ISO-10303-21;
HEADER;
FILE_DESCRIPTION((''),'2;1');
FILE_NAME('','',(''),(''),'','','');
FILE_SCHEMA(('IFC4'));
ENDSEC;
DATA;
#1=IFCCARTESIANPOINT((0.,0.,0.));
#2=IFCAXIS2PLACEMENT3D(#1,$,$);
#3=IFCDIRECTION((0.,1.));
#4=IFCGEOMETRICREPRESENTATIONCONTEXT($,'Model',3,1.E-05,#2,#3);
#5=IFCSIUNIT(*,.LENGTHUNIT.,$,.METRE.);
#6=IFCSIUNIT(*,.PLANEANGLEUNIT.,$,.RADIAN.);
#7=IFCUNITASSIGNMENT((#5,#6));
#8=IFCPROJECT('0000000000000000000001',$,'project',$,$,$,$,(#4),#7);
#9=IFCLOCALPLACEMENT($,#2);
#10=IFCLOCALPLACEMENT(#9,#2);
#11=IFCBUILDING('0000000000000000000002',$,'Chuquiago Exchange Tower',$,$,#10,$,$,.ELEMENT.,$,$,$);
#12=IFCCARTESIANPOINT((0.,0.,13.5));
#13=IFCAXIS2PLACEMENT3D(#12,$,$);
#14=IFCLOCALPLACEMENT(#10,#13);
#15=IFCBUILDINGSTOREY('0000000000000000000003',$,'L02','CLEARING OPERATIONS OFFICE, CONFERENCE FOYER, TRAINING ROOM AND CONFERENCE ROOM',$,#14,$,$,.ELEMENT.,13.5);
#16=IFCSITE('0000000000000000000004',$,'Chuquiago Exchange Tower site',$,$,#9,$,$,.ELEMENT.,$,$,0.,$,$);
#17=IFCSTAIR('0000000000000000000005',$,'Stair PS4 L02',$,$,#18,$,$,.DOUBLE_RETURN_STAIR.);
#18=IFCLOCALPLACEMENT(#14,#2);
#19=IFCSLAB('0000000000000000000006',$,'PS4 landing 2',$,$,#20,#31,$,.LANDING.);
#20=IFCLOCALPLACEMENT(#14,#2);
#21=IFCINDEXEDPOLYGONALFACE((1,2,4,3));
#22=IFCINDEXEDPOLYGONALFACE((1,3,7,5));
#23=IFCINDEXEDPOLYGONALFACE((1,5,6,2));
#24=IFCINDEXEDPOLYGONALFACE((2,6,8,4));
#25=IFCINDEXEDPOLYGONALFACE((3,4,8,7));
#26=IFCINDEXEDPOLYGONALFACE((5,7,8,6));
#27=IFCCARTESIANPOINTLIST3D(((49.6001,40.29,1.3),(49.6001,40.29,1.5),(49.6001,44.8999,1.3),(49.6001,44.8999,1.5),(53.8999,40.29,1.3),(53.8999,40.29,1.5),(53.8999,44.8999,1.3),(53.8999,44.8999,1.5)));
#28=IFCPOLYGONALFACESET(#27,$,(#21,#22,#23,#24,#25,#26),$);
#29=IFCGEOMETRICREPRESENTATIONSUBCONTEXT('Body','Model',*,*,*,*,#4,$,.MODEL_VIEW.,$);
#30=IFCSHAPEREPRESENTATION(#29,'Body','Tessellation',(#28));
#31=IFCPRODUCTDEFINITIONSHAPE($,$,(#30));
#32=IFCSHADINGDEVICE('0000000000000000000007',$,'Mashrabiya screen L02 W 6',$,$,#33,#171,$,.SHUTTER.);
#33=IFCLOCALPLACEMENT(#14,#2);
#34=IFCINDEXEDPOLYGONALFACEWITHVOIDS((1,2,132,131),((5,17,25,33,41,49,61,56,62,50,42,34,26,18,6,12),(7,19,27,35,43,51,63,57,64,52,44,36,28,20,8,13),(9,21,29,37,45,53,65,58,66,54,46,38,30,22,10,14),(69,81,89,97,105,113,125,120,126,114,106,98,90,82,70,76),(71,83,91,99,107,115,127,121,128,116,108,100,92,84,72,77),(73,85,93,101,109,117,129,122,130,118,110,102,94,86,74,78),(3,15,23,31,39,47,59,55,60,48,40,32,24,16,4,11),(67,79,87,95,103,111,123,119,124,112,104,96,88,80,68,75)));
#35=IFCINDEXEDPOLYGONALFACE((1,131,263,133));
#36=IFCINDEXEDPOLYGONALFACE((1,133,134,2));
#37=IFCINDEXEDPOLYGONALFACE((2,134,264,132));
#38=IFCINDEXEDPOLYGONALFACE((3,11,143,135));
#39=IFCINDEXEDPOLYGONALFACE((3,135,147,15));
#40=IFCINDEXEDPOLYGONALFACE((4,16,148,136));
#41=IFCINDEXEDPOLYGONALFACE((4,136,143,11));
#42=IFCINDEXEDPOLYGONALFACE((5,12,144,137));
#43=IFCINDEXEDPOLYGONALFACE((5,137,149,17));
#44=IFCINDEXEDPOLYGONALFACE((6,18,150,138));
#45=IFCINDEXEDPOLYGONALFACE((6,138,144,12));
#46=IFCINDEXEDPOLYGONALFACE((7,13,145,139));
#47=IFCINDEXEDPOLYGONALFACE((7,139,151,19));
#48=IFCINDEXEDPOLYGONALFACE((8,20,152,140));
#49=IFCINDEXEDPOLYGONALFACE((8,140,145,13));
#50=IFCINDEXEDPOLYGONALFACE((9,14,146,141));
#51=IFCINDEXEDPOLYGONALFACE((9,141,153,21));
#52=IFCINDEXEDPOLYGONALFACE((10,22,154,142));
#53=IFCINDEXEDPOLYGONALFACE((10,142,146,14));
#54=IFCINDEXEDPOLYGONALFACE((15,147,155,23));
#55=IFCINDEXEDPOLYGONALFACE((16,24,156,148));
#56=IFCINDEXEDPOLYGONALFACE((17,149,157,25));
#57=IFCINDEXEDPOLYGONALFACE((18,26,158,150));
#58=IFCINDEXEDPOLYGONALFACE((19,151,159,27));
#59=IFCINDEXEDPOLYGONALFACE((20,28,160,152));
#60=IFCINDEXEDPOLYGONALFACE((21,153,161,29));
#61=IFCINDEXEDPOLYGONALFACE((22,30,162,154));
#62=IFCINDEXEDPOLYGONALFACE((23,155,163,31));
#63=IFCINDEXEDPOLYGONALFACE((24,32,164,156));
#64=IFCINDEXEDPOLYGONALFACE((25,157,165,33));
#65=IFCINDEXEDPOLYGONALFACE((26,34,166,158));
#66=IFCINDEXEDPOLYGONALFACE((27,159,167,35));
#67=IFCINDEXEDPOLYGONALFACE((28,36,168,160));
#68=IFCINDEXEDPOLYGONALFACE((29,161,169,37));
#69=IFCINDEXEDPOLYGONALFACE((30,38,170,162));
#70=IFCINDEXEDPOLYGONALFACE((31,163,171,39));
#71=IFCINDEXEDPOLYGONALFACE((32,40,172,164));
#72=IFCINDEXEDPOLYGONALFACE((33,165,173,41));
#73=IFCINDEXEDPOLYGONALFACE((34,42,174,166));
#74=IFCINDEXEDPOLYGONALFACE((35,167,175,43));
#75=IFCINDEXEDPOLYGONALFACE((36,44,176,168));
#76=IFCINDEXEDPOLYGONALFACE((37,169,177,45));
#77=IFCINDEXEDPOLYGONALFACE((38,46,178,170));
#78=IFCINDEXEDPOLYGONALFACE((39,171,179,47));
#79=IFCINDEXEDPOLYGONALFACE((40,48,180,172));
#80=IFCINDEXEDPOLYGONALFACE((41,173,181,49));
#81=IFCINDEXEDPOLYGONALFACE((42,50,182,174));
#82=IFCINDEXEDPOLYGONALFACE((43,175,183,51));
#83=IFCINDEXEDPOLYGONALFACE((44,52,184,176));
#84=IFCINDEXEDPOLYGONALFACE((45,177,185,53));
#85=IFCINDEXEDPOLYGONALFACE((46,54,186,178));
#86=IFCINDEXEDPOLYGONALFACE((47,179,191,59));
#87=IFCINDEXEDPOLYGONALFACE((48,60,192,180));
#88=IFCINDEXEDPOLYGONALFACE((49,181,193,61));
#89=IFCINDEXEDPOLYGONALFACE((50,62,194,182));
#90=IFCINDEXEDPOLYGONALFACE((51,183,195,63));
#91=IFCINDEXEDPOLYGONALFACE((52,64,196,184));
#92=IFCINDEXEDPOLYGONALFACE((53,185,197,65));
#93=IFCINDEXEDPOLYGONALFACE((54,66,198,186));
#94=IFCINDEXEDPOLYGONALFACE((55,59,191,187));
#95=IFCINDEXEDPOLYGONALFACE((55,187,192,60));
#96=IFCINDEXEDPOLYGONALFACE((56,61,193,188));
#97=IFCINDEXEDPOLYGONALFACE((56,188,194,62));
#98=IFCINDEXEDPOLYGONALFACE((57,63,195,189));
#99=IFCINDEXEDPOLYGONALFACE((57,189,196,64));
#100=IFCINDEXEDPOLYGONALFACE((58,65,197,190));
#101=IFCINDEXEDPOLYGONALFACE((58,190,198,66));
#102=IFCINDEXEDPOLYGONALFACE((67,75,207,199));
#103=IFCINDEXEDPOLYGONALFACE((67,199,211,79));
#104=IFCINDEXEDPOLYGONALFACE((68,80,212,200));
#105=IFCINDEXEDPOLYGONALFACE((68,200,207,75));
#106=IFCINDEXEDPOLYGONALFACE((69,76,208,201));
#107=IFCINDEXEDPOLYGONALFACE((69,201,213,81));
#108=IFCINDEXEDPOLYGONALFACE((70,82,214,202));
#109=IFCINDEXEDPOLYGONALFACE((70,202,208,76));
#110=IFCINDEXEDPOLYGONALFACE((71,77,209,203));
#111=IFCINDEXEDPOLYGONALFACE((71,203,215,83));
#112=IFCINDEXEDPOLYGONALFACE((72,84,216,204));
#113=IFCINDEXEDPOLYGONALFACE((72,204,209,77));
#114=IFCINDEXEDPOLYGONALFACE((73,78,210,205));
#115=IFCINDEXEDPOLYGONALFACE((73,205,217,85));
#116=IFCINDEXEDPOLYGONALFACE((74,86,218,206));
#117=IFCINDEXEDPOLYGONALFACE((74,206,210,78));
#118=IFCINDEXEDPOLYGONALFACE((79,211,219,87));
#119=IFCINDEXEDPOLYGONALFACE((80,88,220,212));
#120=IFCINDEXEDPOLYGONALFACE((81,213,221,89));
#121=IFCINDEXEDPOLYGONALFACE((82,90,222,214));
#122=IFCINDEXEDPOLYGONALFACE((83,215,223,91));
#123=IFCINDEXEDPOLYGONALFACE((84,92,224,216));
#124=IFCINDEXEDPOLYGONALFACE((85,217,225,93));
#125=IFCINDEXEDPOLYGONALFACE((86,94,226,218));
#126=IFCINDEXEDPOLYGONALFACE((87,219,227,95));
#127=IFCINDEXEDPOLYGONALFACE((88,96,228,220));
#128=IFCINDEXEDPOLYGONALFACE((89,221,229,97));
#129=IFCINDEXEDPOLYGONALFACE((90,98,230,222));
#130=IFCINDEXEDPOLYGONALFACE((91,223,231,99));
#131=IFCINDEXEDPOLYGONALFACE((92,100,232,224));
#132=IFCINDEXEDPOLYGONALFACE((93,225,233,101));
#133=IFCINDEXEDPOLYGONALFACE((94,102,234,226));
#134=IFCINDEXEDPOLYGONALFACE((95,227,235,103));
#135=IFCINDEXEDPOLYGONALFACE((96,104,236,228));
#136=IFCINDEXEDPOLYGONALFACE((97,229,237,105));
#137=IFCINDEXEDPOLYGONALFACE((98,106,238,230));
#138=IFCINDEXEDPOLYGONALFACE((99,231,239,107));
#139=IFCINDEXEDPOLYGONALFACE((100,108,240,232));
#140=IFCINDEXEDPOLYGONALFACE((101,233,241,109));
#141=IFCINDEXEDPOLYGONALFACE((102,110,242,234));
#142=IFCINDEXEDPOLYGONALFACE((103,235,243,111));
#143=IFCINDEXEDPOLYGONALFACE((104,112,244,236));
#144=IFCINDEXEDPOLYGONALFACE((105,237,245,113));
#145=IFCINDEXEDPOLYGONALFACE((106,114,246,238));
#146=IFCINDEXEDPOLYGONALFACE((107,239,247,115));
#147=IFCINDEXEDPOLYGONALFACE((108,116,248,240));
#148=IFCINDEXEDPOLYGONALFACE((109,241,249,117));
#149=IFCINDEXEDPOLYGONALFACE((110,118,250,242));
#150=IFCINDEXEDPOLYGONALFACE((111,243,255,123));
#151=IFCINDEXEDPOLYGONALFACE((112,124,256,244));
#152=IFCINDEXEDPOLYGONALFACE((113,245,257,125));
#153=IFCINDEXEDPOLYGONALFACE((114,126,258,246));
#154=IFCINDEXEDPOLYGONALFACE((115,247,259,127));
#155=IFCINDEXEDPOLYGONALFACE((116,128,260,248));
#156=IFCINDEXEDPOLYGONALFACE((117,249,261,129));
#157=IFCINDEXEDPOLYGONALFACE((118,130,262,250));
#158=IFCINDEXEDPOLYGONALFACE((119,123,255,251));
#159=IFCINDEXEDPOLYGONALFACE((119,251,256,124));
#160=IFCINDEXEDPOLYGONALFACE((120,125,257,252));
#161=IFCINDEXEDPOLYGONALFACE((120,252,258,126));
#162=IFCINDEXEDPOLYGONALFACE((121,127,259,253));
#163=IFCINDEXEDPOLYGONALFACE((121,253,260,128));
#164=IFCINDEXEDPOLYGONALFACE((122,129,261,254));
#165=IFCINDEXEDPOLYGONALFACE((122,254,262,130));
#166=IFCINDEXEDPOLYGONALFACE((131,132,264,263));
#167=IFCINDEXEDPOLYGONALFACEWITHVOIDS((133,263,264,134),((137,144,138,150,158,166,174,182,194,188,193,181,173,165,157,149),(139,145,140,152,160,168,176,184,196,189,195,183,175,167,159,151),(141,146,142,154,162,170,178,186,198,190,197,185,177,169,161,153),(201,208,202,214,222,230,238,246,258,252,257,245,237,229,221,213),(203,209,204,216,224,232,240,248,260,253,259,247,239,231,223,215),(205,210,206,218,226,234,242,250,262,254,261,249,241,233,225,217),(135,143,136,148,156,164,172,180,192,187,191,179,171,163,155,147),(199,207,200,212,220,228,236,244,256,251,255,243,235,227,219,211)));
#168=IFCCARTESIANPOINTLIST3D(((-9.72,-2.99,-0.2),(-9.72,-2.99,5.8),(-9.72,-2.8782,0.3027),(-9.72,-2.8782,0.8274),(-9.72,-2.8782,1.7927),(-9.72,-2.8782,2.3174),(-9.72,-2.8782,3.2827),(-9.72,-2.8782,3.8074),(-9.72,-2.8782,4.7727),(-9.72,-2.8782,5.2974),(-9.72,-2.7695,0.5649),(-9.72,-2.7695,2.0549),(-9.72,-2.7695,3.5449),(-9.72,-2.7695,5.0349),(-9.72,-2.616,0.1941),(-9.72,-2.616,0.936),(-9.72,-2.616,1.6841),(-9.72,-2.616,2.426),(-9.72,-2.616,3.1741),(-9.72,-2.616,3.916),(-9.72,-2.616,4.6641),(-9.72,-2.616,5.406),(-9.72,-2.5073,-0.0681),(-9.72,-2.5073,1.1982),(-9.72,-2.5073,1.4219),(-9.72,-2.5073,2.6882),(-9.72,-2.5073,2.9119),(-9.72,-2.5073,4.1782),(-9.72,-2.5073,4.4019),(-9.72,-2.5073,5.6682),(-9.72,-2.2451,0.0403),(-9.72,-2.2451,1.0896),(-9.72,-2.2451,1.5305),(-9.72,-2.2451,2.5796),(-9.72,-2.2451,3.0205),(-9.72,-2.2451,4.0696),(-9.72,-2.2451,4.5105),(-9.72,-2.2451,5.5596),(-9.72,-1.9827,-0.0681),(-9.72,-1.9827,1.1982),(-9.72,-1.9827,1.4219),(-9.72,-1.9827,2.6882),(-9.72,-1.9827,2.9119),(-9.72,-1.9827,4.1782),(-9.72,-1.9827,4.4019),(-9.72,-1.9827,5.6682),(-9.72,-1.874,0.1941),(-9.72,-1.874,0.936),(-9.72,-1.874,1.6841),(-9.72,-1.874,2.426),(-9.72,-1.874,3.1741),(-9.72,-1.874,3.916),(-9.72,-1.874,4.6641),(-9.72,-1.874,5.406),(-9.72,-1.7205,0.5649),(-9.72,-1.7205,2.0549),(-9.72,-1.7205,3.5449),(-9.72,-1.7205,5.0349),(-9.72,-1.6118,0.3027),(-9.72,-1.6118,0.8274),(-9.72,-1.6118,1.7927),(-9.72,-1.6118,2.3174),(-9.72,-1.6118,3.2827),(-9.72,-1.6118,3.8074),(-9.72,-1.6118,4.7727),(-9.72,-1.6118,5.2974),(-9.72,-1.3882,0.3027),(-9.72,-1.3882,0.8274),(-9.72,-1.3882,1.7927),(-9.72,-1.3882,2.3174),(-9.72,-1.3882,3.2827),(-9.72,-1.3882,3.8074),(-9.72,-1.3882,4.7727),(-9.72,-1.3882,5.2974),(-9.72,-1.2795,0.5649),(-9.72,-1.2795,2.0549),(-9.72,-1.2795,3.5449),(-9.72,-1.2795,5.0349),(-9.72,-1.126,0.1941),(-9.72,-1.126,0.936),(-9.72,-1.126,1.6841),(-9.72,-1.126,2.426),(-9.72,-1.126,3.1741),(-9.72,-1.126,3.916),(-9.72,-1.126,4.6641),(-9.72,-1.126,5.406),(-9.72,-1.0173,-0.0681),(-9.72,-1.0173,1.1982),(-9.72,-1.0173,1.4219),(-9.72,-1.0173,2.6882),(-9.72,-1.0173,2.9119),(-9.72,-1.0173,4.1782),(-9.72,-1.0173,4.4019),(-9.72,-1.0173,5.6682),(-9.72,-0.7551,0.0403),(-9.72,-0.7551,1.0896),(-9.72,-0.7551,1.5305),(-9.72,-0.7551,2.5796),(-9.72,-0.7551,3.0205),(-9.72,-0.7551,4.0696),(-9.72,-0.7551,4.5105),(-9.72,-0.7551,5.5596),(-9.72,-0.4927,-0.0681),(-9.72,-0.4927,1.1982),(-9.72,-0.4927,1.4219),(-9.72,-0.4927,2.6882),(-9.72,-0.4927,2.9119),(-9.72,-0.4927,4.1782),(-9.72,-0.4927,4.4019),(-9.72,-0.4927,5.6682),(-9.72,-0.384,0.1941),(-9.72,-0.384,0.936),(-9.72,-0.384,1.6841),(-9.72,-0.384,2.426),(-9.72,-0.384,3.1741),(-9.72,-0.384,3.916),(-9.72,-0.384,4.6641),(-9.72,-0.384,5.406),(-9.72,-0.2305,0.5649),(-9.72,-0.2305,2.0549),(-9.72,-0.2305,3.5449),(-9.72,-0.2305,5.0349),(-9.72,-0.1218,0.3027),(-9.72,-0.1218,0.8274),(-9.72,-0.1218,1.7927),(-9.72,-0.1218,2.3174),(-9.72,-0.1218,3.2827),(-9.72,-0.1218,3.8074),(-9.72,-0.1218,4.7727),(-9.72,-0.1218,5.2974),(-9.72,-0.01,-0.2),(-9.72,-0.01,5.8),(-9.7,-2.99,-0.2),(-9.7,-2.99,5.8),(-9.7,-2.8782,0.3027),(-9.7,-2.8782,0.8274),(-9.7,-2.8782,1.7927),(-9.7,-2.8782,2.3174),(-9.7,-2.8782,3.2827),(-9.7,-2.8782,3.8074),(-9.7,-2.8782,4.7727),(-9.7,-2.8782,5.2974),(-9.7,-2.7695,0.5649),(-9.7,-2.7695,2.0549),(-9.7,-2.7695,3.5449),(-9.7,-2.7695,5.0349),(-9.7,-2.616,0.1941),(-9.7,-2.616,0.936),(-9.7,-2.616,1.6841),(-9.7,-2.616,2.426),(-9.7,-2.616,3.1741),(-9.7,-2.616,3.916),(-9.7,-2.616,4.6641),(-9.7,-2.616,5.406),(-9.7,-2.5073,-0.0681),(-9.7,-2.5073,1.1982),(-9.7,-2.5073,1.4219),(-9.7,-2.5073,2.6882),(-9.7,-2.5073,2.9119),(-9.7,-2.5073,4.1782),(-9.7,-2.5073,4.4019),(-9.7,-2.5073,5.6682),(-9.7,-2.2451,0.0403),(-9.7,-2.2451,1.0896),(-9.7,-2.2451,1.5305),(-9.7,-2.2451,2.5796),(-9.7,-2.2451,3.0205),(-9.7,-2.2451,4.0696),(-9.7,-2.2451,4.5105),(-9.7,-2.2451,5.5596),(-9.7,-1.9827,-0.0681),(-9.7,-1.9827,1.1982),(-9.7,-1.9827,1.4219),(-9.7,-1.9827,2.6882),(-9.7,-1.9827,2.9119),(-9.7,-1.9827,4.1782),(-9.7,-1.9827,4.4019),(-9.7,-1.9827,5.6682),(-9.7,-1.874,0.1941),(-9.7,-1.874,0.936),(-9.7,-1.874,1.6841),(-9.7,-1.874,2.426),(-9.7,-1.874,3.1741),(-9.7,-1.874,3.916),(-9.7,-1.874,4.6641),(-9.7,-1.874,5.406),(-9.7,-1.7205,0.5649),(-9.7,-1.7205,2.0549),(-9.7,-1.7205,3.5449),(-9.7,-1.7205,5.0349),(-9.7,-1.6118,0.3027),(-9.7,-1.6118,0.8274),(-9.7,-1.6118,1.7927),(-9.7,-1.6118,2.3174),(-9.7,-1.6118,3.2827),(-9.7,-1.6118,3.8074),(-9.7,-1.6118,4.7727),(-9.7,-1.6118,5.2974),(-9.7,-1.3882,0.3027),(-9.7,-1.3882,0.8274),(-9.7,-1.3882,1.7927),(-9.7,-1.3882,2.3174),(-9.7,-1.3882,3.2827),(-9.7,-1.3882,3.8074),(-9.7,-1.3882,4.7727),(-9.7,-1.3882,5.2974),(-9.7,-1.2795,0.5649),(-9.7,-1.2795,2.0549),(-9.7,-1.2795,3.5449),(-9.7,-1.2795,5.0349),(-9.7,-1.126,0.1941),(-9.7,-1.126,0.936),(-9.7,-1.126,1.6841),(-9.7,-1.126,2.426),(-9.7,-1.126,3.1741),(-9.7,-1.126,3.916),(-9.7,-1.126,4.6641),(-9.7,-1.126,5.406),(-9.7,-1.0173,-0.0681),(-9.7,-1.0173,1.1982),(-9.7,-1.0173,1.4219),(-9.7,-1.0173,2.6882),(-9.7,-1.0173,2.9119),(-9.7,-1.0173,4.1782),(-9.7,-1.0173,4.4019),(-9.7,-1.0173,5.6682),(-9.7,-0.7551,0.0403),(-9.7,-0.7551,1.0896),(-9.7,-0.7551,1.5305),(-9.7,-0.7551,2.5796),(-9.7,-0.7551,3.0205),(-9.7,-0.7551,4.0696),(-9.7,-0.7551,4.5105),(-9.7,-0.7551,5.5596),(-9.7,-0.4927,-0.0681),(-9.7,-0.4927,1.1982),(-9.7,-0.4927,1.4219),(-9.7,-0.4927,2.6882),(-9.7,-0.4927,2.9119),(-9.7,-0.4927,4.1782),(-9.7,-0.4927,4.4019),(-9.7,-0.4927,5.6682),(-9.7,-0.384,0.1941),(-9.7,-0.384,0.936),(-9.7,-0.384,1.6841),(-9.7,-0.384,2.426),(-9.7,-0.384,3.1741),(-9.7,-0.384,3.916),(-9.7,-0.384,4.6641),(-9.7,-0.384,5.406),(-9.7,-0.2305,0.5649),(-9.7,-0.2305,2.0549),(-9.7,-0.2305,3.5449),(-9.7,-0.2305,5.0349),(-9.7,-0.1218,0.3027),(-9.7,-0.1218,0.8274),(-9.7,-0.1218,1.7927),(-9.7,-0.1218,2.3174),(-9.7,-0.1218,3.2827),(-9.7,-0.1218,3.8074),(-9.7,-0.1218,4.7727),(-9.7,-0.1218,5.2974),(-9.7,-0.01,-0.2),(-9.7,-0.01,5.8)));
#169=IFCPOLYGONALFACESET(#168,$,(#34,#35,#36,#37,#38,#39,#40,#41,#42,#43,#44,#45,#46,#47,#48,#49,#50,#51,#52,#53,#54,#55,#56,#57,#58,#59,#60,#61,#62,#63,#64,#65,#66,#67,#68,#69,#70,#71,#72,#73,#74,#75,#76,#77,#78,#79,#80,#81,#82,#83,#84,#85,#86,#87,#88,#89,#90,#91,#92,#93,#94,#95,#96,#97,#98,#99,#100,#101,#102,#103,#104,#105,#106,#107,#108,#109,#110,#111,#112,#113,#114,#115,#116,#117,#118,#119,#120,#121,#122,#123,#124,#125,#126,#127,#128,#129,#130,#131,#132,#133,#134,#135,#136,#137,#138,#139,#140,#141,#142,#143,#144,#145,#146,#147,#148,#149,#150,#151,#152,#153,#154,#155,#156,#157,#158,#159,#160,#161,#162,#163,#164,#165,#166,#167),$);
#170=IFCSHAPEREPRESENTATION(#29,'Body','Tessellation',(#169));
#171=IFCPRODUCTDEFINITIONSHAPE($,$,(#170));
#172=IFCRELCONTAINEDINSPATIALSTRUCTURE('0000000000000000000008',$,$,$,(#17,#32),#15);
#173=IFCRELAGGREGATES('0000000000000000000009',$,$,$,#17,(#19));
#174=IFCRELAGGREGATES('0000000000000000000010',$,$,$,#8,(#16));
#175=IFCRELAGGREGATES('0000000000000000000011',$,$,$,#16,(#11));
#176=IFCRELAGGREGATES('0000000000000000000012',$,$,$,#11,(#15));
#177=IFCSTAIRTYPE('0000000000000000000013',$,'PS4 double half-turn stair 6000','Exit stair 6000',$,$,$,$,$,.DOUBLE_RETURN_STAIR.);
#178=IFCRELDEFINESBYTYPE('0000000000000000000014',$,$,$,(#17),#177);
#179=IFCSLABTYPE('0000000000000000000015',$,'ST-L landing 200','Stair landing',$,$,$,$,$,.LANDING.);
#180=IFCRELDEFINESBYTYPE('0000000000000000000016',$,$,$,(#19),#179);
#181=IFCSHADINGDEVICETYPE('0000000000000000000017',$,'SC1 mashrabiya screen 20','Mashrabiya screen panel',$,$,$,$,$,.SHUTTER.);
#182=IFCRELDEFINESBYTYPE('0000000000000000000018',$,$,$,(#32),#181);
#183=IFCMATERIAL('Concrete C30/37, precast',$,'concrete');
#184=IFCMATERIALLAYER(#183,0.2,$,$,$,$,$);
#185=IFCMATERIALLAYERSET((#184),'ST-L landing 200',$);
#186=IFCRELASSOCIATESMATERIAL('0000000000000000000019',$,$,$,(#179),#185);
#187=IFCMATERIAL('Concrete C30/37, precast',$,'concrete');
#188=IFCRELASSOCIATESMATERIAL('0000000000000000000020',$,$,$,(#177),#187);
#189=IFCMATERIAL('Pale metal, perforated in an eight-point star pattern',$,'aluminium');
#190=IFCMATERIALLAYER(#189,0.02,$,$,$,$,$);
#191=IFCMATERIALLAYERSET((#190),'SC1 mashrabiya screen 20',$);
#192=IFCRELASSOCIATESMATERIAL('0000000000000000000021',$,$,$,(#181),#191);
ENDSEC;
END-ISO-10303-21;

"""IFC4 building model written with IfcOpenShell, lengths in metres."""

from ifc_helpers import new_model, si_unit, direction, frame, origin, place, context, subcontext, project, spatial, polyline, outline, extrude, material, layer, layer_set, type_object, element, aggregate, save


model = new_model("IFC4")

# Units and contexts
model_context = context("Model", 3, precision=1e-05, world=origin(), true_north=direction((0.0, 1.0)))
body_context = subcontext(model_context, "Body", "Model", "MODEL_VIEW")
ifc_project = project(units=[si_unit("LENGTHUNIT", "METRE"), si_unit("PLANEANGLEUNIT", "RADIAN")], contexts=[model_context])

# Site, building, storey
site_placement = place(None, origin())
site = spatial("IfcSite", under=ifc_project, at=site_placement, Name="Chuquiago Exchange Tower site", CompositionType="ELEMENT", RefElevation=0.0)
building_placement = place(site_placement, origin())
building = spatial("IfcBuilding", under=site, at=building_placement, Name="Chuquiago Exchange Tower", CompositionType="ELEMENT")
storey_placement = place(building_placement, frame((0.0, 0.0, 13.5)))
storey = spatial("IfcBuildingStorey", under=building, at=storey_placement, Name="L02", Description="CLEARING OPERATIONS OFFICE, CONFERENCE FOYER, TRAINING ROOM AND CONFERENCE ROOM", CompositionType="ELEMENT", Elevation=13.5)

# Stair, slab
ifc_material_1 = material(Name="Concrete C30/37, precast", Category="concrete")
ifc_layer_1 = layer(ifc_material_1, 0.2)
ifc_layer_set_1 = layer_set([ifc_layer_1], Name="ST-L landing 200")
slab_type_1 = type_object("IfcSlabType", Name="ST-L landing 200", Description="Stair landing", PredefinedType="LANDING", material=ifc_layer_set_1)
ifc_material_2 = material(Name="Concrete C30/37, precast", Category="concrete")
stair_type_1 = type_object("IfcStairType", Name="PS4 double half-turn stair 6000", Description="Exit stair 6000", PredefinedType="DOUBLE_RETURN_STAIR", material=ifc_material_2)
stair_1_placement = place(storey_placement, origin())
stair_1 = element("IfcStair", 1, at=stair_1_placement, inside=storey, type_object=stair_type_1, Name="Stair PS4 L02", PredefinedType="DOUBLE_RETURN_STAIR")
slab_1_placement = place(storey_placement, frame((0.0, 0.0, 1.3)))
slab_1 = element("IfcSlab", 2, at=slab_1_placement, type_object=slab_type_1, Name="PS4 landing 2", PredefinedType="LANDING", context=body_context, shape_type="SweptSolid", body=[
    extrude(outline(polyline([(49.6001, 44.8999), (53.8999, 44.8999), (53.8999, 40.29), (49.6001, 40.29), (49.6001, 44.8999)])), origin(), (0.0, 0.0, 1.0), 0.2),
])
aggregate(stair_1, [slab_1])

# Shading device
ifc_material_3 = material(Name="Pale metal, perforated in an eight-point star pattern", Category="aluminium")
ifc_layer_2 = layer(ifc_material_3, 0.02)
ifc_layer_set_2 = layer_set([ifc_layer_2], Name="SC1 mashrabiya screen 20")
shading_device_type = type_object("IfcShadingDeviceType", Name="SC1 mashrabiya screen 20", Description="Mashrabiya screen panel", PredefinedType="SHUTTER", material=ifc_layer_set_2)
shading_device_placement = place(storey_placement, frame((-9.7, -0.01, -0.2), z_axis=(0.0, 0.0, 1.0), x_axis=(0.0, -1.0, 0.0)))
element("IfcShadingDevice", 3, at=shading_device_placement, inside=storey, type_object=shading_device_type, Name="Mashrabiya screen L02 W 6", PredefinedType="SHUTTER", context=body_context, shape_type="SweptSolid", body=[
    extrude(outline(polyline([(0.0, 0.0), (2.98, 0.0), (2.98, 6.0), (0.0, 6.0), (0.0, 0.0)]), holes=[polyline([(1.2695, 0.7649), (1.3782, 1.0273), (1.116, 1.136), (1.0073, 1.3982), (0.7451, 1.2896), (0.4827, 1.3982), (0.374, 1.136), (0.1118, 1.0273), (0.2205, 0.7649), (0.1118, 0.5027), (0.374, 0.394), (0.4827, 0.1318), (0.7451, 0.2402), (1.0073, 0.1318), (1.116, 0.394), (1.3782, 0.5027), (1.2695, 0.7649)]), polyline([(2.7595, 0.7649), (2.8682, 1.0273), (2.606, 1.136), (2.4973, 1.3982), (2.2351, 1.2896), (1.9727, 1.3982), (1.864, 1.136), (1.6018, 1.0273), (1.7104, 0.7649), (1.6018, 0.5027), (1.864, 0.394), (1.9727, 0.1318), (2.2351, 0.2402), (2.4973, 0.1318), (2.606, 0.394), (2.8682, 0.5027), (2.7595, 0.7649)]), polyline([(1.2695, 2.2549), (1.3782, 2.5173), (1.116, 2.626), (1.0073, 2.8882), (0.7451, 2.7795), (0.4827, 2.8882), (0.374, 2.626), (0.1118, 2.5173), (0.2205, 2.2549), (0.1118, 1.9927), (0.374, 1.884), (0.4827, 1.6218), (0.7451, 1.7305), (1.0073, 1.6218), (1.116, 1.884), (1.3782, 1.9927), (1.2695, 2.2549)]), polyline([(2.7595, 2.2549), (2.8682, 2.5173), (2.606, 2.626), (2.4973, 2.8882), (2.2351, 2.7795), (1.9727, 2.8882), (1.864, 2.626), (1.6018, 2.5173), (1.7104, 2.2549), (1.6018, 1.9927), (1.864, 1.884), (1.9727, 1.6218), (2.2351, 1.7305), (2.4973, 1.6218), (2.606, 1.884), (2.8682, 1.9927), (2.7595, 2.2549)]), polyline([(1.2695, 3.7449), (1.3782, 4.0073), (1.116, 4.116), (1.0073, 4.3782), (0.7451, 4.2695), (0.4827, 4.3782), (0.374, 4.116), (0.1118, 4.0073), (0.2205, 3.7449), (0.1118, 3.4827), (0.374, 3.374), (0.4827, 3.1118), (0.7451, 3.2205), (1.0073, 3.1118), (1.116, 3.374), (1.3782, 3.4827), (1.2695, 3.7449)]), polyline([(2.7595, 3.7449), (2.8682, 4.0073), (2.606, 4.116), (2.4973, 4.3782), (2.2351, 4.2695), (1.9727, 4.3782), (1.864, 4.116), (1.6018, 4.0073), (1.7104, 3.7449), (1.6018, 3.4827), (1.864, 3.374), (1.9727, 3.1118), (2.2351, 3.2205), (2.4973, 3.1118), (2.606, 3.374), (2.8682, 3.4827), (2.7595, 3.7449)]), polyline([(1.2695, 5.2349), (1.3782, 5.4973), (1.116, 5.606), (1.0073, 5.8682), (0.7451, 5.7595), (0.4827, 5.8682), (0.374, 5.606), (0.1118, 5.4973), (0.2205, 5.2349), (0.1118, 4.9727), (0.374, 4.864), (0.4827, 4.6018), (0.7451, 4.7104), (1.0073, 4.6018), (1.116, 4.864), (1.3782, 4.9727), (1.2695, 5.2349)]), polyline([(2.7595, 5.2349), (2.8682, 5.4973), (2.606, 5.606), (2.4973, 5.8682), (2.2351, 5.7595), (1.9727, 5.8682), (1.864, 5.606), (1.6018, 5.4973), (1.7104, 5.2349), (1.6018, 4.9727), (1.864, 4.864), (1.9727, 4.6018), (2.2351, 4.7104), (2.4973, 4.6018), (2.606, 4.864), (2.8682, 4.9727), (2.7595, 5.2349)])]), frame((0.0, 0.0, 0.0), z_axis=(0.0, -1.0, 0.0), x_axis=(1.0, 0.0, 0.0)), (0.0, 0.0, 1.0), 0.02),
])

save(model, "model.ifc")
